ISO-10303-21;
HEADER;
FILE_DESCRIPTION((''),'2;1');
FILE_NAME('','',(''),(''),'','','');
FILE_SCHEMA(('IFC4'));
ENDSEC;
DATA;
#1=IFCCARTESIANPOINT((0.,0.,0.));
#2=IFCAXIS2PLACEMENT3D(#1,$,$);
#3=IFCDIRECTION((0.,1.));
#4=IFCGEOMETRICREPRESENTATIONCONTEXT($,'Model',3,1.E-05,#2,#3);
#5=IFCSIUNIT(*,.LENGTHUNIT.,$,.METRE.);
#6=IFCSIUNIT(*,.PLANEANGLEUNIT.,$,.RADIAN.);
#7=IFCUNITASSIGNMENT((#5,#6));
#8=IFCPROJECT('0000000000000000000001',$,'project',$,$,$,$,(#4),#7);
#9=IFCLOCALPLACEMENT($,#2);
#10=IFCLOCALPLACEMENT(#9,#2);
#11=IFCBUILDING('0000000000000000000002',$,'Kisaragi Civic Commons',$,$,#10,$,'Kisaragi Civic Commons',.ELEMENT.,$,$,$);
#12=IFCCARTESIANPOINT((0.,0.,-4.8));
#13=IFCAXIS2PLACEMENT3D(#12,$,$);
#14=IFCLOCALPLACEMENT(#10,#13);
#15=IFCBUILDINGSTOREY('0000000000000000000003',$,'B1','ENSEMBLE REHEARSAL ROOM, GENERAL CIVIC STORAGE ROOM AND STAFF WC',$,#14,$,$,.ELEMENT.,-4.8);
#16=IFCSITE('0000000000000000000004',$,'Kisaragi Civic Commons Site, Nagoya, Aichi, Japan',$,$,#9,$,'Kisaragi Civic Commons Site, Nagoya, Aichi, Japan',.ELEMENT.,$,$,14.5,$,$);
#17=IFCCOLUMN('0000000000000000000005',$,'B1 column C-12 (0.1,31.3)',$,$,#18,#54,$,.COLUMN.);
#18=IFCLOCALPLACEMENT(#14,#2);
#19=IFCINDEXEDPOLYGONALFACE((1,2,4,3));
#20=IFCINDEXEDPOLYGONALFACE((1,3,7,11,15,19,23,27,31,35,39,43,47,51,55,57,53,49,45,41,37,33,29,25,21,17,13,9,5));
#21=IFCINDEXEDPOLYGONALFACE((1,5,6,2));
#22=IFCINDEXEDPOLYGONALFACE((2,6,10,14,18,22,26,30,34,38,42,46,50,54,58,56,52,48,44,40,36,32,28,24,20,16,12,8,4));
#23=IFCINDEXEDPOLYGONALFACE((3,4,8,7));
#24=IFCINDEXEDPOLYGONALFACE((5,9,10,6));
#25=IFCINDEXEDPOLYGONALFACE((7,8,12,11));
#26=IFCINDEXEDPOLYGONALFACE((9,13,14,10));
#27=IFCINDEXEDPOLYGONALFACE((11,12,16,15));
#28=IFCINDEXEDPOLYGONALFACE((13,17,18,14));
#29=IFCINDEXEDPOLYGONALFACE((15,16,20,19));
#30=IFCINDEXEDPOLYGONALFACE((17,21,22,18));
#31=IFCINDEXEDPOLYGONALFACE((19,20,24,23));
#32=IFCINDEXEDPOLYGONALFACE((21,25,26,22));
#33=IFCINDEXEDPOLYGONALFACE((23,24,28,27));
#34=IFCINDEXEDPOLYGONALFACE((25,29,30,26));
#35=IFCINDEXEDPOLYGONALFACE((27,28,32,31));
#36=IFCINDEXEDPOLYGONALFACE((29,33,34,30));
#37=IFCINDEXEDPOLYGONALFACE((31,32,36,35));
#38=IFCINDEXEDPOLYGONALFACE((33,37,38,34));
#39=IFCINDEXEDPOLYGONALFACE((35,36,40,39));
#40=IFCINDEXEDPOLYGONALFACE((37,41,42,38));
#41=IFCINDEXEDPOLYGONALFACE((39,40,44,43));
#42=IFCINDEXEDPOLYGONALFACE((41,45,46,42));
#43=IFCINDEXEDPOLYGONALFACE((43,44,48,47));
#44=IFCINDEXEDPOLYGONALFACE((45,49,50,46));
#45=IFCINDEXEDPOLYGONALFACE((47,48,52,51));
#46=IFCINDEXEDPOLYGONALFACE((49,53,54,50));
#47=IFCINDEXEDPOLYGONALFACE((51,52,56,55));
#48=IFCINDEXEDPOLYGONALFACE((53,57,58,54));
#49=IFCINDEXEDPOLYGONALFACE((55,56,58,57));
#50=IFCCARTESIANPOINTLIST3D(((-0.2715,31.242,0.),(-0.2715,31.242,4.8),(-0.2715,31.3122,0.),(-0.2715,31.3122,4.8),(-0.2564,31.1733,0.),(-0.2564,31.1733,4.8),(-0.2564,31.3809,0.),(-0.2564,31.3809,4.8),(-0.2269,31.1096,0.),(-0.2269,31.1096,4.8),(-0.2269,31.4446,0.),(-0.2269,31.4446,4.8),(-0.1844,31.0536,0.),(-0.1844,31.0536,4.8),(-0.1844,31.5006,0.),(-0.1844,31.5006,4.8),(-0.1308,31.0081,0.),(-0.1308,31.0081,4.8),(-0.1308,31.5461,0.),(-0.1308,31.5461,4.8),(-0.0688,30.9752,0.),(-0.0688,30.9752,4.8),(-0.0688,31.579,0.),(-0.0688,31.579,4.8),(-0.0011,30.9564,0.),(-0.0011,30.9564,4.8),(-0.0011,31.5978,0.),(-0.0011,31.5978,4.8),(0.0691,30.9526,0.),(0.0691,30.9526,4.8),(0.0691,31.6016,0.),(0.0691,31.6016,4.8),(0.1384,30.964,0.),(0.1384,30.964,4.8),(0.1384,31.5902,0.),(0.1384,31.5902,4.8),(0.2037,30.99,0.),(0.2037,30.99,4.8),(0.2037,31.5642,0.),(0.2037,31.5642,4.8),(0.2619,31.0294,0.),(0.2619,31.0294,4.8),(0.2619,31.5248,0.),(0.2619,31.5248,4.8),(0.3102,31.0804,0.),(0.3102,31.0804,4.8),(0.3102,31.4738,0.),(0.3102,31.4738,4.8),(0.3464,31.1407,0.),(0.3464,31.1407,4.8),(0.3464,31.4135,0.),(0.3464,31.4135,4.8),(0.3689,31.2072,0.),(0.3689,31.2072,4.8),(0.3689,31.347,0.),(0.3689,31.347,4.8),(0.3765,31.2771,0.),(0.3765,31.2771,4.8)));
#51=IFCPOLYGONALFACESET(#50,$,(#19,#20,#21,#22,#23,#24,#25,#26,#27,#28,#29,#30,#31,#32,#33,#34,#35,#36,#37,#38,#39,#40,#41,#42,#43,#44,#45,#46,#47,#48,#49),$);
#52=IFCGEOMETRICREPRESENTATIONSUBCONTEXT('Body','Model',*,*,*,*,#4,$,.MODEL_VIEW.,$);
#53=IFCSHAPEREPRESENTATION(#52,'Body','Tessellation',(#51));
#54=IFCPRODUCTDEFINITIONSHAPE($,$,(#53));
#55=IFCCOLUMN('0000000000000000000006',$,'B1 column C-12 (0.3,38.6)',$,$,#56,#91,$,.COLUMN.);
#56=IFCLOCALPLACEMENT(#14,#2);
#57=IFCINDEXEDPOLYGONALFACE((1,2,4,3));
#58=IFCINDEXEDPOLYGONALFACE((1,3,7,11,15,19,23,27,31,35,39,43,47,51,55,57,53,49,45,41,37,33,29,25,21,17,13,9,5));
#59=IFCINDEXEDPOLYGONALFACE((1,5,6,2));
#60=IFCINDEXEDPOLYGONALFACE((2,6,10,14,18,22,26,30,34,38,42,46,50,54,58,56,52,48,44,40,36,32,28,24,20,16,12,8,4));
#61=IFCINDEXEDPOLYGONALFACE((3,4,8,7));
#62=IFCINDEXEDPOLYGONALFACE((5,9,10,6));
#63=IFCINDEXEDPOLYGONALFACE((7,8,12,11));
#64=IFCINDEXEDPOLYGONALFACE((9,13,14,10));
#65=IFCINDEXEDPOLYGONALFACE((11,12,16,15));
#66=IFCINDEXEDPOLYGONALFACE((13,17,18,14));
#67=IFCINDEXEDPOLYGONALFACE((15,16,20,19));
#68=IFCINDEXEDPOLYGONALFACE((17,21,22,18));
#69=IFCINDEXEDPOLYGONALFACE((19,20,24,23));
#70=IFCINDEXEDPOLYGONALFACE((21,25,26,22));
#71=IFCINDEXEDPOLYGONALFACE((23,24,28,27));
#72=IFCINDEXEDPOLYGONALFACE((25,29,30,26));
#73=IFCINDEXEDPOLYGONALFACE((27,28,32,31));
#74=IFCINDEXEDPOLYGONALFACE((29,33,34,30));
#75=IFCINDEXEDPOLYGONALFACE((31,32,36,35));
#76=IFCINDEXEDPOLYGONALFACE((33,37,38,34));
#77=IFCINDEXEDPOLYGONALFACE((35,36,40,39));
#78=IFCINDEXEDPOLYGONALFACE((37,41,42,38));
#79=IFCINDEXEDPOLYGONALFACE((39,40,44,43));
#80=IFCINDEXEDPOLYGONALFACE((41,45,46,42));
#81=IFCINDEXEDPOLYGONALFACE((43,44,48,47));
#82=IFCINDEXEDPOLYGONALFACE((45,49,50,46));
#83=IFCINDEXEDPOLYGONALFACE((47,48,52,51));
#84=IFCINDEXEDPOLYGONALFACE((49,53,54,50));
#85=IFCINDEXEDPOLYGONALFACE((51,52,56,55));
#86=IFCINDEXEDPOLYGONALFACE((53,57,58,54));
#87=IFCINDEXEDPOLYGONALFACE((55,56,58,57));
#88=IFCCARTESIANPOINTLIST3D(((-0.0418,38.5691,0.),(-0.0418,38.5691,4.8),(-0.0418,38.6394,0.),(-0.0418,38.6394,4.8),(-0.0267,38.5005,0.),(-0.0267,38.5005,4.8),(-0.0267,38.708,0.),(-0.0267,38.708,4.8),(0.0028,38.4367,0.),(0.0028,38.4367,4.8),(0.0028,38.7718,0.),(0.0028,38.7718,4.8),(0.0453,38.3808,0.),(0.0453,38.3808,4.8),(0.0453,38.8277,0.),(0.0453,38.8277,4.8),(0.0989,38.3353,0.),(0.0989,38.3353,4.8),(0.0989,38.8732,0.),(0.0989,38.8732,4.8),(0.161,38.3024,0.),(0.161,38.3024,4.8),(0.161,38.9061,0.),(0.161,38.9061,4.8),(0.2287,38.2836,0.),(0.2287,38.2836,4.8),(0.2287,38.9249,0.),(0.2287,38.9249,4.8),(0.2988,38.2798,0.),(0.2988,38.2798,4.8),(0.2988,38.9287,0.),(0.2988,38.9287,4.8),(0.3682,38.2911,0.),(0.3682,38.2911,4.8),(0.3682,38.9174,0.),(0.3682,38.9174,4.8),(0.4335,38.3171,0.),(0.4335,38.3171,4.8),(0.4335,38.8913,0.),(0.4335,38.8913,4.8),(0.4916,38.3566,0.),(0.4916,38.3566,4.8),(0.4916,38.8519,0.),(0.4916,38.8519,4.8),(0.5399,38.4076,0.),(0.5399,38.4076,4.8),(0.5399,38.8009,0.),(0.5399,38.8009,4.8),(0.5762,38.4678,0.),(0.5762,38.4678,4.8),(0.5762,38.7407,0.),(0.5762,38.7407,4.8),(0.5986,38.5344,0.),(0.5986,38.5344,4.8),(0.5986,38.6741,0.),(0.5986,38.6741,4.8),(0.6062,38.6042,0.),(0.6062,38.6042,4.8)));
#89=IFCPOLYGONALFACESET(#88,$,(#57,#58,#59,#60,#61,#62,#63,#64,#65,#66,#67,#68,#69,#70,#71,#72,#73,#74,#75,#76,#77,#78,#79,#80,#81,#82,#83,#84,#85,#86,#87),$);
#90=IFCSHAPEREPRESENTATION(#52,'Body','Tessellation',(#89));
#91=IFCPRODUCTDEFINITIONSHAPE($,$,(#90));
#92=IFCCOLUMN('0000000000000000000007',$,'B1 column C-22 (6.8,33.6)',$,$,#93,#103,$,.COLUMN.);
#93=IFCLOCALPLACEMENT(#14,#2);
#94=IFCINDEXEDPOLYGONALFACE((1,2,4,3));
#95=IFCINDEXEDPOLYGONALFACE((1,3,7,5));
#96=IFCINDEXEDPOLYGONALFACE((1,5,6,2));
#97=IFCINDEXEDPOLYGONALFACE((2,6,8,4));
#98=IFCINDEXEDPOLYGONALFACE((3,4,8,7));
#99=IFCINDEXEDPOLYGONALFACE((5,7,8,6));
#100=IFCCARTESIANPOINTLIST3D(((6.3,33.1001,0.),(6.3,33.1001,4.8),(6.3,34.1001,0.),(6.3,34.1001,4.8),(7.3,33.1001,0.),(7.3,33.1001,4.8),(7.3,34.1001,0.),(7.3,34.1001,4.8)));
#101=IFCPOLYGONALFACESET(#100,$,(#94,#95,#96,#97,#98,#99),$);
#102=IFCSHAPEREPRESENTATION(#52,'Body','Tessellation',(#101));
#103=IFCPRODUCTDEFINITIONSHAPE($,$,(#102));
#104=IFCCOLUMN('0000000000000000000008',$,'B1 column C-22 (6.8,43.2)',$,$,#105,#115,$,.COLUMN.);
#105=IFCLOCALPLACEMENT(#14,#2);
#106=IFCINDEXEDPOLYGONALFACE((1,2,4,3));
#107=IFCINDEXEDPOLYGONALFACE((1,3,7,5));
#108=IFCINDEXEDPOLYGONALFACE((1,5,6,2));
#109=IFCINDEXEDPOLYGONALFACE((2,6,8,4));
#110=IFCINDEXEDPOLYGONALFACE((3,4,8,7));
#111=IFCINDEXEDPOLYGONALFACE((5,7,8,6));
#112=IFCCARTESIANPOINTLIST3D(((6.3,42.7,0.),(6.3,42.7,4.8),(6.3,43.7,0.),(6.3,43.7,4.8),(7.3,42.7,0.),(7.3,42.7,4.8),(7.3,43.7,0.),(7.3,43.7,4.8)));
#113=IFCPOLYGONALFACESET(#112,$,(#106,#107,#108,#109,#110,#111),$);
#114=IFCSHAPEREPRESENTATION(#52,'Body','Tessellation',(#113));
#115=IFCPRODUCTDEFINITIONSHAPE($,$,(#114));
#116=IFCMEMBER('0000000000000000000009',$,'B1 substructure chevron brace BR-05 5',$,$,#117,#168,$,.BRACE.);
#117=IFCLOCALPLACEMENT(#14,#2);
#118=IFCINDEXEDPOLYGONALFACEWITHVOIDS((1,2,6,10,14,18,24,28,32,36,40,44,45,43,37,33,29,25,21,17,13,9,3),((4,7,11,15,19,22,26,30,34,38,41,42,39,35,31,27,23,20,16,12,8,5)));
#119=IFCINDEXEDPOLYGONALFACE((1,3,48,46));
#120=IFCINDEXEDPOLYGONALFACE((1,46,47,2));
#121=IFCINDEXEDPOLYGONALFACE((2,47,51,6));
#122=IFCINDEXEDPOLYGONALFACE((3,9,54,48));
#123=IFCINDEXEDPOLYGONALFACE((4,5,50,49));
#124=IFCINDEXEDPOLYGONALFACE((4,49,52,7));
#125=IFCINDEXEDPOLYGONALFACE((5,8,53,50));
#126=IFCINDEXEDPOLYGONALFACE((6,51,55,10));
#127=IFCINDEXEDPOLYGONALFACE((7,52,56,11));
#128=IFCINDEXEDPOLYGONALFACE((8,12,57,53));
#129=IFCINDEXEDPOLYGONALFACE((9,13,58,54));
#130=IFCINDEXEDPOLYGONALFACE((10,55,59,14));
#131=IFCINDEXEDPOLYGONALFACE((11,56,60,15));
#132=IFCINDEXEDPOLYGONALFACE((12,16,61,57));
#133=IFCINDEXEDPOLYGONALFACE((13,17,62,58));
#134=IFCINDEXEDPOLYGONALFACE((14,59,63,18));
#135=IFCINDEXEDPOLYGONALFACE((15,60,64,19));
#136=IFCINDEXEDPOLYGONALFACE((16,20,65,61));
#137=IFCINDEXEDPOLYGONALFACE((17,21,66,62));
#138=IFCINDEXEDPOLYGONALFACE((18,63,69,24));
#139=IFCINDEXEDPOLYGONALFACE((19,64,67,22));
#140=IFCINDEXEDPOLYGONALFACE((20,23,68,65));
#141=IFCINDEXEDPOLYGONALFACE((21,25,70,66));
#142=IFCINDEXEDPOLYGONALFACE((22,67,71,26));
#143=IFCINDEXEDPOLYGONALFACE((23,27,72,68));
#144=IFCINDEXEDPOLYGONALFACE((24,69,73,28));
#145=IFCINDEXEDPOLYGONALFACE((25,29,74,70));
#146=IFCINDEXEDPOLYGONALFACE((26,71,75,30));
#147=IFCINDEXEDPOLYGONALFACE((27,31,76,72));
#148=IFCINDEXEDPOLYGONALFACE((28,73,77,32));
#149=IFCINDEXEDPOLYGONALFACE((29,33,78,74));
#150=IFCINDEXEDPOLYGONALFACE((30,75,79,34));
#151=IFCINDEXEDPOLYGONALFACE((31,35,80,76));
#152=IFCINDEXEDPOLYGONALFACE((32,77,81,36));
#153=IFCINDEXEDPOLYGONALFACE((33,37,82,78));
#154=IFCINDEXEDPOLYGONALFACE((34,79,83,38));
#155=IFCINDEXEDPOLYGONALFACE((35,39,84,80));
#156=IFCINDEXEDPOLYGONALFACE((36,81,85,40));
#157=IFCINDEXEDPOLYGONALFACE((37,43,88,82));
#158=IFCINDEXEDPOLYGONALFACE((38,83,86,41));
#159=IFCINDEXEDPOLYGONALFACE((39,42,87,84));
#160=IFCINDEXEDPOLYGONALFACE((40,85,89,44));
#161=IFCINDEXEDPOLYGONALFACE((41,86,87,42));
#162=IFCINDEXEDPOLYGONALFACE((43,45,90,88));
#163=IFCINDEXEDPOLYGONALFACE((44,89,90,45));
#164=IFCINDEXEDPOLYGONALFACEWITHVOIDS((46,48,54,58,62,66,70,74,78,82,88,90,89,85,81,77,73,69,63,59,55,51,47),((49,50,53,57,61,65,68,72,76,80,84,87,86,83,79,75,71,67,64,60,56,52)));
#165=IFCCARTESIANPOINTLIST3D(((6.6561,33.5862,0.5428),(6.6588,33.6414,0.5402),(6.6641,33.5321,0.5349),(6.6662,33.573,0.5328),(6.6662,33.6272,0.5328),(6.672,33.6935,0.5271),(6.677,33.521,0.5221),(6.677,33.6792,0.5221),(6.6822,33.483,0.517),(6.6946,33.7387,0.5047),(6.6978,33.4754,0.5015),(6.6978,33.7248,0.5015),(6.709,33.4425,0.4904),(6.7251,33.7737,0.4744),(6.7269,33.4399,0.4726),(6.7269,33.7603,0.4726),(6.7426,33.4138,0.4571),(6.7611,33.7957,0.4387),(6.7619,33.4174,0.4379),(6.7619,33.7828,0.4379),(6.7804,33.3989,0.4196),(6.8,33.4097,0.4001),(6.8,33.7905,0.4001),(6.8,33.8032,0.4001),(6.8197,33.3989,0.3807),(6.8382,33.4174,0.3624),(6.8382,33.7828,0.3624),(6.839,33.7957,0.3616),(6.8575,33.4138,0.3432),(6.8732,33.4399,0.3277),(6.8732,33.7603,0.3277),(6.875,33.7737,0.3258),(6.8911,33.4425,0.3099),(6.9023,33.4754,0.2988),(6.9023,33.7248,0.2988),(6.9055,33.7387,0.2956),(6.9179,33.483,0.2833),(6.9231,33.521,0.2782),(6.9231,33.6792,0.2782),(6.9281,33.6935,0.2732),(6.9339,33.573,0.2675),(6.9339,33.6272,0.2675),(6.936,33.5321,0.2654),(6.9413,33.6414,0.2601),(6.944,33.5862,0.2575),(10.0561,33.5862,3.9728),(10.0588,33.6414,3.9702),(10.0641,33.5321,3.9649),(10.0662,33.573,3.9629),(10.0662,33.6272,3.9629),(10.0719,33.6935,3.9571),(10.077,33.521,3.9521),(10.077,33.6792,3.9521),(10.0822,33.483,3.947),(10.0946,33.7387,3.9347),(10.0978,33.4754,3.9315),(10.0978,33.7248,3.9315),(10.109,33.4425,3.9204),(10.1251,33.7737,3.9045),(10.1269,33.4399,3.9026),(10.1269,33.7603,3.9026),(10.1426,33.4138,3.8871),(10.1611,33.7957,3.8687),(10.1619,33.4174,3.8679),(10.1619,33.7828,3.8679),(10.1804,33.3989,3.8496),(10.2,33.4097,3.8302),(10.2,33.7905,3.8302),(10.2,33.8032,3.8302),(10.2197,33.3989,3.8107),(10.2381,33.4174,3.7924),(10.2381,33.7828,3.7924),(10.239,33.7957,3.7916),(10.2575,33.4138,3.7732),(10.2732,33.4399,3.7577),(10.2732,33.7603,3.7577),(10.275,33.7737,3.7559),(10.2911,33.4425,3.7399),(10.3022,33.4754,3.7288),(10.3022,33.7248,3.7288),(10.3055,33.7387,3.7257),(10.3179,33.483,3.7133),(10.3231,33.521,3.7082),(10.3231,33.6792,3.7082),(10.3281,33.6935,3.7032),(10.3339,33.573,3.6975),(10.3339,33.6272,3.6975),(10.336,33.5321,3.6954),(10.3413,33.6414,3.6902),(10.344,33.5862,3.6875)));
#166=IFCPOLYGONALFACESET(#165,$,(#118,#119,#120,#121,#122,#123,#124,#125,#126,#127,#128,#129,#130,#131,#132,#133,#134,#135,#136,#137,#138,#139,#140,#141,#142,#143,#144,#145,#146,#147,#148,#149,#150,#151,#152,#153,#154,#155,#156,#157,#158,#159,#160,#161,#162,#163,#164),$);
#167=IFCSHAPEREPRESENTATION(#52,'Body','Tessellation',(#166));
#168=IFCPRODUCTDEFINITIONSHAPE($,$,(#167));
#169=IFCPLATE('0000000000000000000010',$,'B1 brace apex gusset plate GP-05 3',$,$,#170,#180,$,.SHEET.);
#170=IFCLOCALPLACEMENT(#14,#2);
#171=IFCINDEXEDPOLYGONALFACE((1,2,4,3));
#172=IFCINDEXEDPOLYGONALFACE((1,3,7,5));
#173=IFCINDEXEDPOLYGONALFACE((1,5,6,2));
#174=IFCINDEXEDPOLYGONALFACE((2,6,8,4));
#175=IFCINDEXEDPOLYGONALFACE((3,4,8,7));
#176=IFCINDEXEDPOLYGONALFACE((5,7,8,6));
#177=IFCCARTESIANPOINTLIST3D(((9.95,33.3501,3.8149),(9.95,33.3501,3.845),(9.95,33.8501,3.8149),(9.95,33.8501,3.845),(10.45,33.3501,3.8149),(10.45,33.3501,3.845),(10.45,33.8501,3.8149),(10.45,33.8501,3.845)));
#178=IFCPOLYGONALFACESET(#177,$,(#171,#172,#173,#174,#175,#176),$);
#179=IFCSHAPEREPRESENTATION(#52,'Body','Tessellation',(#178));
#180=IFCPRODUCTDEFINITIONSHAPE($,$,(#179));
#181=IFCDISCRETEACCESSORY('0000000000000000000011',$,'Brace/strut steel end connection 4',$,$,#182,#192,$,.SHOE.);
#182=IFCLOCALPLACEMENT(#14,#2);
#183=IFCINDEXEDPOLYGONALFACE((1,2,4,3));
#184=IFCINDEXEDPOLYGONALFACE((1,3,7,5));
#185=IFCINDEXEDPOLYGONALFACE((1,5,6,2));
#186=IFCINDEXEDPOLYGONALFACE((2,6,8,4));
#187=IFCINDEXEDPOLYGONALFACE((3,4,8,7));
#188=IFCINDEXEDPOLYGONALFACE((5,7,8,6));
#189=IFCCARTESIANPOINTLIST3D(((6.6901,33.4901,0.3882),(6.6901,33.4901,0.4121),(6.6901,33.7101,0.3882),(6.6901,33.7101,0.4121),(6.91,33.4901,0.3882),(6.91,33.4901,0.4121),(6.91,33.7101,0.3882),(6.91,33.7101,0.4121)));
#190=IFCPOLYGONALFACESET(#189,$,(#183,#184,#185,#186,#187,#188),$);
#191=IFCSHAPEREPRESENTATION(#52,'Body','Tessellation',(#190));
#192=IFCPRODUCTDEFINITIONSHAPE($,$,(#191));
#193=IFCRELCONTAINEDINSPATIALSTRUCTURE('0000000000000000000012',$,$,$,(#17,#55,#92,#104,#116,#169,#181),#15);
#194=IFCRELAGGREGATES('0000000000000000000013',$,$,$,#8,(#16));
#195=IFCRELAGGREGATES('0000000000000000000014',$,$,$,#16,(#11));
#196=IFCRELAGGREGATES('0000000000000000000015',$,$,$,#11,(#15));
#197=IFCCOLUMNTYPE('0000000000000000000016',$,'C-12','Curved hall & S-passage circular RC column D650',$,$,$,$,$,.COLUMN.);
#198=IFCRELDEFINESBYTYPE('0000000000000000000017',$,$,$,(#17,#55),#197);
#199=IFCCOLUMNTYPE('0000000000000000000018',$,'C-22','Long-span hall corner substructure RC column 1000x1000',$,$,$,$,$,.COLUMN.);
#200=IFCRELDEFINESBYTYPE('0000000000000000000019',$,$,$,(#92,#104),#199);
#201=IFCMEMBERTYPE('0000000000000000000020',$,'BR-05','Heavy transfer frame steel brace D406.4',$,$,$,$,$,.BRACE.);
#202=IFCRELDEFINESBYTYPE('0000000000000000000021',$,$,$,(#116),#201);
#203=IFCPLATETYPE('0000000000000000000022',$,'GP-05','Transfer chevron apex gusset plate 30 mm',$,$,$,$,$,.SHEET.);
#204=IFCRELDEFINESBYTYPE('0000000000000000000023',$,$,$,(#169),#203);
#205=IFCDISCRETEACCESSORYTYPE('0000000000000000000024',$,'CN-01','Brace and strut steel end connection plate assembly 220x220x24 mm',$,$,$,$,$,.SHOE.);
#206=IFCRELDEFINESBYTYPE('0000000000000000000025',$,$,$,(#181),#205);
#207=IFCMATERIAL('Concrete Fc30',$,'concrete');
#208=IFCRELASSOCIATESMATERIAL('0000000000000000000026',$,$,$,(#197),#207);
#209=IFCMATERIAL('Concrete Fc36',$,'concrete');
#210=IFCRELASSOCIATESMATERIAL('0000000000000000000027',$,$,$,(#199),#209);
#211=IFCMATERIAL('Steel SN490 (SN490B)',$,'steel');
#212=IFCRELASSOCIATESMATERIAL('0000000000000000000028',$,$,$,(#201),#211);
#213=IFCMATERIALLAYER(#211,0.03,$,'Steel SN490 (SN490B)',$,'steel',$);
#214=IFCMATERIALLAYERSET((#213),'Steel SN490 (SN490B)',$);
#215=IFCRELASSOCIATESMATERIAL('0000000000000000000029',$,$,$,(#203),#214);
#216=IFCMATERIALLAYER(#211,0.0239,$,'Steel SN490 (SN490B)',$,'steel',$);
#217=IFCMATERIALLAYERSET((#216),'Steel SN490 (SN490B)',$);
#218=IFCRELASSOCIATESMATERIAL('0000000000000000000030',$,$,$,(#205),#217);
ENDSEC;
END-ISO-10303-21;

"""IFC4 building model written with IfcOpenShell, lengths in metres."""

from ifc_helpers import new_model, si_unit, direction, frame, origin, origin_2d, place, context, subcontext, project, spatial, rectangle, circle, hollow_circle, extrude, material, layer, layer_set, material_profile, profile_set, type_object, element, save


model = new_model("IFC4")

# Units and contexts
model_context = context("Model", 3, precision=1e-05, world=origin(), true_north=direction((0.0, 1.0)))
body_context = subcontext(model_context, "Body", "Model", "MODEL_VIEW")
ifc_project = project(units=[si_unit("LENGTHUNIT", "METRE"), si_unit("PLANEANGLEUNIT", "RADIAN")], contexts=[model_context])

# Site, building, storey
site_placement = place(None, origin())
site = spatial("IfcSite", under=ifc_project, at=site_placement, Name="Kisaragi Civic Commons Site, Nagoya, Aichi, Japan", LongName="Kisaragi Civic Commons Site, Nagoya, Aichi, Japan", CompositionType="ELEMENT", RefElevation=14.5)
building_placement = place(site_placement, origin())
building = spatial("IfcBuilding", under=site, at=building_placement, Name="Kisaragi Civic Commons", LongName="Kisaragi Civic Commons", CompositionType="ELEMENT")
storey_placement = place(building_placement, frame((0.0, 0.0, -4.8)))
storey = spatial("IfcBuildingStorey", under=building, at=storey_placement, Name="B1", Description="ENSEMBLE REHEARSAL ROOM, GENERAL CIVIC STORAGE ROOM AND STAFF WC", CompositionType="ELEMENT", Elevation=-4.8)

# Shared definitions
ifc_material_1 = material(Name="Concrete Fc36", Category="concrete")

# Columns
ifc_material_2 = material(Name="Concrete Fc30", Category="concrete")
ifc_material_profile_1 = material_profile(ifc_material_2, circle(Radius=0.325, at=origin_2d()), Name="RC-D650", Category="concrete")
ifc_profile_set_1 = profile_set([ifc_material_profile_1], Name="Concrete Fc30")
column_type_1 = type_object("IfcColumnType", Name="C-12", Description="Curved hall & S-passage circular RC column D650", PredefinedType="COLUMN", material=ifc_profile_set_1)
for number, where, z_axis, x_axis, name in (
    (1, (0.0515, 31.2771, 0.0), (0.0, 0.0, 1.0), (1.0, 0.0, 0.0), "B1 column C-12 (0.1,31.3)"),
    (2, (0.2812, 38.6042, 0.0), (0.0, 0.0, 1.0), (1.0, 0.0, 0.0), "B1 column C-12 (0.3,38.6)"),
):
    element("IfcColumn", number, at=place(storey_placement, frame(where, z_axis=z_axis, x_axis=x_axis)), inside=storey, type_object=column_type_1, Name=name, PredefinedType="COLUMN", context=body_context, shape_type="SweptSolid", body=[
        extrude(circle(Radius=0.325, at=origin_2d()), origin(), (0.0, 0.0, 1.0), 4.8),
    ])
ifc_material_profile_2 = material_profile(ifc_material_1, rectangle(XDim=1.0, YDim=1.0, at=origin_2d()), Name="RC-1000x1000", Category="concrete")
ifc_profile_set_2 = profile_set([ifc_material_profile_2], Name="Concrete Fc36")
column_type_2 = type_object("IfcColumnType", Name="C-22", Description="Long-span hall corner substructure RC column 1000x1000", PredefinedType="COLUMN", material=ifc_profile_set_2)
for number, where, z_axis, x_axis, name in (
    (3, (6.8, 33.6001, 0.0), (0.0, 0.0, 1.0), (1.0, 0.0, 0.0), "B1 column C-22 (6.8,33.6)"),
    (4, (6.8, 43.2, 0.0), (0.0, 0.0, 1.0), (1.0, 0.0, 0.0), "B1 column C-22 (6.8,43.2)"),
):
    element("IfcColumn", number, at=place(storey_placement, frame(where, z_axis=z_axis, x_axis=x_axis)), inside=storey, type_object=column_type_2, Name=name, PredefinedType="COLUMN", context=body_context, shape_type="SweptSolid", body=[
        extrude(rectangle(XDim=1.0, YDim=1.0, at=origin_2d()), origin(), (0.0, 0.0, 1.0), 4.8),
    ])

# Member
ifc_material_3 = material(Name="Steel SN490 (SN490B)", Category="steel")
ifc_material_profile_3 = material_profile(ifc_material_3, hollow_circle(Radius=0.2031, WallThickness=0.0127, at=origin_2d()), Name="CHS-406.4x12.7", Category="steel")
ifc_profile_set_3 = profile_set([ifc_material_profile_3], Name="Steel SN490 (SN490B)")
member_type = type_object("IfcMemberType", Name="BR-05", Description="Heavy transfer frame steel brace D406.4", PredefinedType="BRACE", material=ifc_profile_set_3)
member_placement = place(storey_placement, frame((6.8, 33.6001, 0.4001), z_axis=(0.703991, 0.0, 0.710209), x_axis=(0.0, 1.0, 0.0)))
element("IfcMember", 5, at=member_placement, inside=storey, type_object=member_type, Name="B1 substructure chevron brace BR-05 5", PredefinedType="BRACE", context=body_context, shape_type="SweptSolid", body=[
    extrude(hollow_circle(Radius=0.2031, WallThickness=0.0127, at=origin_2d()), origin(), (0.0, 0.0, 1.0), 4.8296),
])

# Plate
ifc_layer_1 = layer(ifc_material_3, 0.03, Name="Steel SN490 (SN490B)", Category="steel")
ifc_layer_set_1 = layer_set([ifc_layer_1], Name="Steel SN490 (SN490B)")
plate_type = type_object("IfcPlateType", Name="GP-05", Description="Transfer chevron apex gusset plate 30 mm", PredefinedType="SHEET", material=ifc_layer_set_1)
plate_placement = place(storey_placement, frame((10.2, 33.6001, 3.8149), z_axis=(0.0, 0.0, 1.0), x_axis=(1.0, 0.0, 0.0)))
element("IfcPlate", 6, at=plate_placement, inside=storey, type_object=plate_type, Name="B1 brace apex gusset plate GP-05 3", PredefinedType="SHEET", context=body_context, shape_type="SweptSolid", body=[
    extrude(rectangle(XDim=0.5, YDim=0.5, at=origin_2d()), origin(), (0.0, 0.0, 1.0), 0.03),
])

# Discrete accessory
ifc_layer_2 = layer(ifc_material_3, 0.0239, Name="Steel SN490 (SN490B)", Category="steel")
ifc_layer_set_2 = layer_set([ifc_layer_2], Name="Steel SN490 (SN490B)")
discrete_accessory_type = type_object("IfcDiscreteAccessoryType", Name="CN-01", Description="Brace and strut steel end connection plate assembly 220x220x24 mm", PredefinedType="SHOE", material=ifc_layer_set_2)
discrete_accessory_placement = place(storey_placement, frame((6.8, 33.6001, 0.3882), z_axis=(0.0, 0.0, 1.0), x_axis=(1.0, 0.0, 0.0)))
element("IfcDiscreteAccessory", 7, at=discrete_accessory_placement, inside=storey, type_object=discrete_accessory_type, Name="Brace/strut steel end connection 4", PredefinedType="SHOE", context=body_context, shape_type="SweptSolid", body=[
    extrude(rectangle(XDim=0.22, YDim=0.22, at=origin_2d()), origin(), (0.0, 0.0, 1.0), 0.0239),
])

save(model, "model.ifc")
